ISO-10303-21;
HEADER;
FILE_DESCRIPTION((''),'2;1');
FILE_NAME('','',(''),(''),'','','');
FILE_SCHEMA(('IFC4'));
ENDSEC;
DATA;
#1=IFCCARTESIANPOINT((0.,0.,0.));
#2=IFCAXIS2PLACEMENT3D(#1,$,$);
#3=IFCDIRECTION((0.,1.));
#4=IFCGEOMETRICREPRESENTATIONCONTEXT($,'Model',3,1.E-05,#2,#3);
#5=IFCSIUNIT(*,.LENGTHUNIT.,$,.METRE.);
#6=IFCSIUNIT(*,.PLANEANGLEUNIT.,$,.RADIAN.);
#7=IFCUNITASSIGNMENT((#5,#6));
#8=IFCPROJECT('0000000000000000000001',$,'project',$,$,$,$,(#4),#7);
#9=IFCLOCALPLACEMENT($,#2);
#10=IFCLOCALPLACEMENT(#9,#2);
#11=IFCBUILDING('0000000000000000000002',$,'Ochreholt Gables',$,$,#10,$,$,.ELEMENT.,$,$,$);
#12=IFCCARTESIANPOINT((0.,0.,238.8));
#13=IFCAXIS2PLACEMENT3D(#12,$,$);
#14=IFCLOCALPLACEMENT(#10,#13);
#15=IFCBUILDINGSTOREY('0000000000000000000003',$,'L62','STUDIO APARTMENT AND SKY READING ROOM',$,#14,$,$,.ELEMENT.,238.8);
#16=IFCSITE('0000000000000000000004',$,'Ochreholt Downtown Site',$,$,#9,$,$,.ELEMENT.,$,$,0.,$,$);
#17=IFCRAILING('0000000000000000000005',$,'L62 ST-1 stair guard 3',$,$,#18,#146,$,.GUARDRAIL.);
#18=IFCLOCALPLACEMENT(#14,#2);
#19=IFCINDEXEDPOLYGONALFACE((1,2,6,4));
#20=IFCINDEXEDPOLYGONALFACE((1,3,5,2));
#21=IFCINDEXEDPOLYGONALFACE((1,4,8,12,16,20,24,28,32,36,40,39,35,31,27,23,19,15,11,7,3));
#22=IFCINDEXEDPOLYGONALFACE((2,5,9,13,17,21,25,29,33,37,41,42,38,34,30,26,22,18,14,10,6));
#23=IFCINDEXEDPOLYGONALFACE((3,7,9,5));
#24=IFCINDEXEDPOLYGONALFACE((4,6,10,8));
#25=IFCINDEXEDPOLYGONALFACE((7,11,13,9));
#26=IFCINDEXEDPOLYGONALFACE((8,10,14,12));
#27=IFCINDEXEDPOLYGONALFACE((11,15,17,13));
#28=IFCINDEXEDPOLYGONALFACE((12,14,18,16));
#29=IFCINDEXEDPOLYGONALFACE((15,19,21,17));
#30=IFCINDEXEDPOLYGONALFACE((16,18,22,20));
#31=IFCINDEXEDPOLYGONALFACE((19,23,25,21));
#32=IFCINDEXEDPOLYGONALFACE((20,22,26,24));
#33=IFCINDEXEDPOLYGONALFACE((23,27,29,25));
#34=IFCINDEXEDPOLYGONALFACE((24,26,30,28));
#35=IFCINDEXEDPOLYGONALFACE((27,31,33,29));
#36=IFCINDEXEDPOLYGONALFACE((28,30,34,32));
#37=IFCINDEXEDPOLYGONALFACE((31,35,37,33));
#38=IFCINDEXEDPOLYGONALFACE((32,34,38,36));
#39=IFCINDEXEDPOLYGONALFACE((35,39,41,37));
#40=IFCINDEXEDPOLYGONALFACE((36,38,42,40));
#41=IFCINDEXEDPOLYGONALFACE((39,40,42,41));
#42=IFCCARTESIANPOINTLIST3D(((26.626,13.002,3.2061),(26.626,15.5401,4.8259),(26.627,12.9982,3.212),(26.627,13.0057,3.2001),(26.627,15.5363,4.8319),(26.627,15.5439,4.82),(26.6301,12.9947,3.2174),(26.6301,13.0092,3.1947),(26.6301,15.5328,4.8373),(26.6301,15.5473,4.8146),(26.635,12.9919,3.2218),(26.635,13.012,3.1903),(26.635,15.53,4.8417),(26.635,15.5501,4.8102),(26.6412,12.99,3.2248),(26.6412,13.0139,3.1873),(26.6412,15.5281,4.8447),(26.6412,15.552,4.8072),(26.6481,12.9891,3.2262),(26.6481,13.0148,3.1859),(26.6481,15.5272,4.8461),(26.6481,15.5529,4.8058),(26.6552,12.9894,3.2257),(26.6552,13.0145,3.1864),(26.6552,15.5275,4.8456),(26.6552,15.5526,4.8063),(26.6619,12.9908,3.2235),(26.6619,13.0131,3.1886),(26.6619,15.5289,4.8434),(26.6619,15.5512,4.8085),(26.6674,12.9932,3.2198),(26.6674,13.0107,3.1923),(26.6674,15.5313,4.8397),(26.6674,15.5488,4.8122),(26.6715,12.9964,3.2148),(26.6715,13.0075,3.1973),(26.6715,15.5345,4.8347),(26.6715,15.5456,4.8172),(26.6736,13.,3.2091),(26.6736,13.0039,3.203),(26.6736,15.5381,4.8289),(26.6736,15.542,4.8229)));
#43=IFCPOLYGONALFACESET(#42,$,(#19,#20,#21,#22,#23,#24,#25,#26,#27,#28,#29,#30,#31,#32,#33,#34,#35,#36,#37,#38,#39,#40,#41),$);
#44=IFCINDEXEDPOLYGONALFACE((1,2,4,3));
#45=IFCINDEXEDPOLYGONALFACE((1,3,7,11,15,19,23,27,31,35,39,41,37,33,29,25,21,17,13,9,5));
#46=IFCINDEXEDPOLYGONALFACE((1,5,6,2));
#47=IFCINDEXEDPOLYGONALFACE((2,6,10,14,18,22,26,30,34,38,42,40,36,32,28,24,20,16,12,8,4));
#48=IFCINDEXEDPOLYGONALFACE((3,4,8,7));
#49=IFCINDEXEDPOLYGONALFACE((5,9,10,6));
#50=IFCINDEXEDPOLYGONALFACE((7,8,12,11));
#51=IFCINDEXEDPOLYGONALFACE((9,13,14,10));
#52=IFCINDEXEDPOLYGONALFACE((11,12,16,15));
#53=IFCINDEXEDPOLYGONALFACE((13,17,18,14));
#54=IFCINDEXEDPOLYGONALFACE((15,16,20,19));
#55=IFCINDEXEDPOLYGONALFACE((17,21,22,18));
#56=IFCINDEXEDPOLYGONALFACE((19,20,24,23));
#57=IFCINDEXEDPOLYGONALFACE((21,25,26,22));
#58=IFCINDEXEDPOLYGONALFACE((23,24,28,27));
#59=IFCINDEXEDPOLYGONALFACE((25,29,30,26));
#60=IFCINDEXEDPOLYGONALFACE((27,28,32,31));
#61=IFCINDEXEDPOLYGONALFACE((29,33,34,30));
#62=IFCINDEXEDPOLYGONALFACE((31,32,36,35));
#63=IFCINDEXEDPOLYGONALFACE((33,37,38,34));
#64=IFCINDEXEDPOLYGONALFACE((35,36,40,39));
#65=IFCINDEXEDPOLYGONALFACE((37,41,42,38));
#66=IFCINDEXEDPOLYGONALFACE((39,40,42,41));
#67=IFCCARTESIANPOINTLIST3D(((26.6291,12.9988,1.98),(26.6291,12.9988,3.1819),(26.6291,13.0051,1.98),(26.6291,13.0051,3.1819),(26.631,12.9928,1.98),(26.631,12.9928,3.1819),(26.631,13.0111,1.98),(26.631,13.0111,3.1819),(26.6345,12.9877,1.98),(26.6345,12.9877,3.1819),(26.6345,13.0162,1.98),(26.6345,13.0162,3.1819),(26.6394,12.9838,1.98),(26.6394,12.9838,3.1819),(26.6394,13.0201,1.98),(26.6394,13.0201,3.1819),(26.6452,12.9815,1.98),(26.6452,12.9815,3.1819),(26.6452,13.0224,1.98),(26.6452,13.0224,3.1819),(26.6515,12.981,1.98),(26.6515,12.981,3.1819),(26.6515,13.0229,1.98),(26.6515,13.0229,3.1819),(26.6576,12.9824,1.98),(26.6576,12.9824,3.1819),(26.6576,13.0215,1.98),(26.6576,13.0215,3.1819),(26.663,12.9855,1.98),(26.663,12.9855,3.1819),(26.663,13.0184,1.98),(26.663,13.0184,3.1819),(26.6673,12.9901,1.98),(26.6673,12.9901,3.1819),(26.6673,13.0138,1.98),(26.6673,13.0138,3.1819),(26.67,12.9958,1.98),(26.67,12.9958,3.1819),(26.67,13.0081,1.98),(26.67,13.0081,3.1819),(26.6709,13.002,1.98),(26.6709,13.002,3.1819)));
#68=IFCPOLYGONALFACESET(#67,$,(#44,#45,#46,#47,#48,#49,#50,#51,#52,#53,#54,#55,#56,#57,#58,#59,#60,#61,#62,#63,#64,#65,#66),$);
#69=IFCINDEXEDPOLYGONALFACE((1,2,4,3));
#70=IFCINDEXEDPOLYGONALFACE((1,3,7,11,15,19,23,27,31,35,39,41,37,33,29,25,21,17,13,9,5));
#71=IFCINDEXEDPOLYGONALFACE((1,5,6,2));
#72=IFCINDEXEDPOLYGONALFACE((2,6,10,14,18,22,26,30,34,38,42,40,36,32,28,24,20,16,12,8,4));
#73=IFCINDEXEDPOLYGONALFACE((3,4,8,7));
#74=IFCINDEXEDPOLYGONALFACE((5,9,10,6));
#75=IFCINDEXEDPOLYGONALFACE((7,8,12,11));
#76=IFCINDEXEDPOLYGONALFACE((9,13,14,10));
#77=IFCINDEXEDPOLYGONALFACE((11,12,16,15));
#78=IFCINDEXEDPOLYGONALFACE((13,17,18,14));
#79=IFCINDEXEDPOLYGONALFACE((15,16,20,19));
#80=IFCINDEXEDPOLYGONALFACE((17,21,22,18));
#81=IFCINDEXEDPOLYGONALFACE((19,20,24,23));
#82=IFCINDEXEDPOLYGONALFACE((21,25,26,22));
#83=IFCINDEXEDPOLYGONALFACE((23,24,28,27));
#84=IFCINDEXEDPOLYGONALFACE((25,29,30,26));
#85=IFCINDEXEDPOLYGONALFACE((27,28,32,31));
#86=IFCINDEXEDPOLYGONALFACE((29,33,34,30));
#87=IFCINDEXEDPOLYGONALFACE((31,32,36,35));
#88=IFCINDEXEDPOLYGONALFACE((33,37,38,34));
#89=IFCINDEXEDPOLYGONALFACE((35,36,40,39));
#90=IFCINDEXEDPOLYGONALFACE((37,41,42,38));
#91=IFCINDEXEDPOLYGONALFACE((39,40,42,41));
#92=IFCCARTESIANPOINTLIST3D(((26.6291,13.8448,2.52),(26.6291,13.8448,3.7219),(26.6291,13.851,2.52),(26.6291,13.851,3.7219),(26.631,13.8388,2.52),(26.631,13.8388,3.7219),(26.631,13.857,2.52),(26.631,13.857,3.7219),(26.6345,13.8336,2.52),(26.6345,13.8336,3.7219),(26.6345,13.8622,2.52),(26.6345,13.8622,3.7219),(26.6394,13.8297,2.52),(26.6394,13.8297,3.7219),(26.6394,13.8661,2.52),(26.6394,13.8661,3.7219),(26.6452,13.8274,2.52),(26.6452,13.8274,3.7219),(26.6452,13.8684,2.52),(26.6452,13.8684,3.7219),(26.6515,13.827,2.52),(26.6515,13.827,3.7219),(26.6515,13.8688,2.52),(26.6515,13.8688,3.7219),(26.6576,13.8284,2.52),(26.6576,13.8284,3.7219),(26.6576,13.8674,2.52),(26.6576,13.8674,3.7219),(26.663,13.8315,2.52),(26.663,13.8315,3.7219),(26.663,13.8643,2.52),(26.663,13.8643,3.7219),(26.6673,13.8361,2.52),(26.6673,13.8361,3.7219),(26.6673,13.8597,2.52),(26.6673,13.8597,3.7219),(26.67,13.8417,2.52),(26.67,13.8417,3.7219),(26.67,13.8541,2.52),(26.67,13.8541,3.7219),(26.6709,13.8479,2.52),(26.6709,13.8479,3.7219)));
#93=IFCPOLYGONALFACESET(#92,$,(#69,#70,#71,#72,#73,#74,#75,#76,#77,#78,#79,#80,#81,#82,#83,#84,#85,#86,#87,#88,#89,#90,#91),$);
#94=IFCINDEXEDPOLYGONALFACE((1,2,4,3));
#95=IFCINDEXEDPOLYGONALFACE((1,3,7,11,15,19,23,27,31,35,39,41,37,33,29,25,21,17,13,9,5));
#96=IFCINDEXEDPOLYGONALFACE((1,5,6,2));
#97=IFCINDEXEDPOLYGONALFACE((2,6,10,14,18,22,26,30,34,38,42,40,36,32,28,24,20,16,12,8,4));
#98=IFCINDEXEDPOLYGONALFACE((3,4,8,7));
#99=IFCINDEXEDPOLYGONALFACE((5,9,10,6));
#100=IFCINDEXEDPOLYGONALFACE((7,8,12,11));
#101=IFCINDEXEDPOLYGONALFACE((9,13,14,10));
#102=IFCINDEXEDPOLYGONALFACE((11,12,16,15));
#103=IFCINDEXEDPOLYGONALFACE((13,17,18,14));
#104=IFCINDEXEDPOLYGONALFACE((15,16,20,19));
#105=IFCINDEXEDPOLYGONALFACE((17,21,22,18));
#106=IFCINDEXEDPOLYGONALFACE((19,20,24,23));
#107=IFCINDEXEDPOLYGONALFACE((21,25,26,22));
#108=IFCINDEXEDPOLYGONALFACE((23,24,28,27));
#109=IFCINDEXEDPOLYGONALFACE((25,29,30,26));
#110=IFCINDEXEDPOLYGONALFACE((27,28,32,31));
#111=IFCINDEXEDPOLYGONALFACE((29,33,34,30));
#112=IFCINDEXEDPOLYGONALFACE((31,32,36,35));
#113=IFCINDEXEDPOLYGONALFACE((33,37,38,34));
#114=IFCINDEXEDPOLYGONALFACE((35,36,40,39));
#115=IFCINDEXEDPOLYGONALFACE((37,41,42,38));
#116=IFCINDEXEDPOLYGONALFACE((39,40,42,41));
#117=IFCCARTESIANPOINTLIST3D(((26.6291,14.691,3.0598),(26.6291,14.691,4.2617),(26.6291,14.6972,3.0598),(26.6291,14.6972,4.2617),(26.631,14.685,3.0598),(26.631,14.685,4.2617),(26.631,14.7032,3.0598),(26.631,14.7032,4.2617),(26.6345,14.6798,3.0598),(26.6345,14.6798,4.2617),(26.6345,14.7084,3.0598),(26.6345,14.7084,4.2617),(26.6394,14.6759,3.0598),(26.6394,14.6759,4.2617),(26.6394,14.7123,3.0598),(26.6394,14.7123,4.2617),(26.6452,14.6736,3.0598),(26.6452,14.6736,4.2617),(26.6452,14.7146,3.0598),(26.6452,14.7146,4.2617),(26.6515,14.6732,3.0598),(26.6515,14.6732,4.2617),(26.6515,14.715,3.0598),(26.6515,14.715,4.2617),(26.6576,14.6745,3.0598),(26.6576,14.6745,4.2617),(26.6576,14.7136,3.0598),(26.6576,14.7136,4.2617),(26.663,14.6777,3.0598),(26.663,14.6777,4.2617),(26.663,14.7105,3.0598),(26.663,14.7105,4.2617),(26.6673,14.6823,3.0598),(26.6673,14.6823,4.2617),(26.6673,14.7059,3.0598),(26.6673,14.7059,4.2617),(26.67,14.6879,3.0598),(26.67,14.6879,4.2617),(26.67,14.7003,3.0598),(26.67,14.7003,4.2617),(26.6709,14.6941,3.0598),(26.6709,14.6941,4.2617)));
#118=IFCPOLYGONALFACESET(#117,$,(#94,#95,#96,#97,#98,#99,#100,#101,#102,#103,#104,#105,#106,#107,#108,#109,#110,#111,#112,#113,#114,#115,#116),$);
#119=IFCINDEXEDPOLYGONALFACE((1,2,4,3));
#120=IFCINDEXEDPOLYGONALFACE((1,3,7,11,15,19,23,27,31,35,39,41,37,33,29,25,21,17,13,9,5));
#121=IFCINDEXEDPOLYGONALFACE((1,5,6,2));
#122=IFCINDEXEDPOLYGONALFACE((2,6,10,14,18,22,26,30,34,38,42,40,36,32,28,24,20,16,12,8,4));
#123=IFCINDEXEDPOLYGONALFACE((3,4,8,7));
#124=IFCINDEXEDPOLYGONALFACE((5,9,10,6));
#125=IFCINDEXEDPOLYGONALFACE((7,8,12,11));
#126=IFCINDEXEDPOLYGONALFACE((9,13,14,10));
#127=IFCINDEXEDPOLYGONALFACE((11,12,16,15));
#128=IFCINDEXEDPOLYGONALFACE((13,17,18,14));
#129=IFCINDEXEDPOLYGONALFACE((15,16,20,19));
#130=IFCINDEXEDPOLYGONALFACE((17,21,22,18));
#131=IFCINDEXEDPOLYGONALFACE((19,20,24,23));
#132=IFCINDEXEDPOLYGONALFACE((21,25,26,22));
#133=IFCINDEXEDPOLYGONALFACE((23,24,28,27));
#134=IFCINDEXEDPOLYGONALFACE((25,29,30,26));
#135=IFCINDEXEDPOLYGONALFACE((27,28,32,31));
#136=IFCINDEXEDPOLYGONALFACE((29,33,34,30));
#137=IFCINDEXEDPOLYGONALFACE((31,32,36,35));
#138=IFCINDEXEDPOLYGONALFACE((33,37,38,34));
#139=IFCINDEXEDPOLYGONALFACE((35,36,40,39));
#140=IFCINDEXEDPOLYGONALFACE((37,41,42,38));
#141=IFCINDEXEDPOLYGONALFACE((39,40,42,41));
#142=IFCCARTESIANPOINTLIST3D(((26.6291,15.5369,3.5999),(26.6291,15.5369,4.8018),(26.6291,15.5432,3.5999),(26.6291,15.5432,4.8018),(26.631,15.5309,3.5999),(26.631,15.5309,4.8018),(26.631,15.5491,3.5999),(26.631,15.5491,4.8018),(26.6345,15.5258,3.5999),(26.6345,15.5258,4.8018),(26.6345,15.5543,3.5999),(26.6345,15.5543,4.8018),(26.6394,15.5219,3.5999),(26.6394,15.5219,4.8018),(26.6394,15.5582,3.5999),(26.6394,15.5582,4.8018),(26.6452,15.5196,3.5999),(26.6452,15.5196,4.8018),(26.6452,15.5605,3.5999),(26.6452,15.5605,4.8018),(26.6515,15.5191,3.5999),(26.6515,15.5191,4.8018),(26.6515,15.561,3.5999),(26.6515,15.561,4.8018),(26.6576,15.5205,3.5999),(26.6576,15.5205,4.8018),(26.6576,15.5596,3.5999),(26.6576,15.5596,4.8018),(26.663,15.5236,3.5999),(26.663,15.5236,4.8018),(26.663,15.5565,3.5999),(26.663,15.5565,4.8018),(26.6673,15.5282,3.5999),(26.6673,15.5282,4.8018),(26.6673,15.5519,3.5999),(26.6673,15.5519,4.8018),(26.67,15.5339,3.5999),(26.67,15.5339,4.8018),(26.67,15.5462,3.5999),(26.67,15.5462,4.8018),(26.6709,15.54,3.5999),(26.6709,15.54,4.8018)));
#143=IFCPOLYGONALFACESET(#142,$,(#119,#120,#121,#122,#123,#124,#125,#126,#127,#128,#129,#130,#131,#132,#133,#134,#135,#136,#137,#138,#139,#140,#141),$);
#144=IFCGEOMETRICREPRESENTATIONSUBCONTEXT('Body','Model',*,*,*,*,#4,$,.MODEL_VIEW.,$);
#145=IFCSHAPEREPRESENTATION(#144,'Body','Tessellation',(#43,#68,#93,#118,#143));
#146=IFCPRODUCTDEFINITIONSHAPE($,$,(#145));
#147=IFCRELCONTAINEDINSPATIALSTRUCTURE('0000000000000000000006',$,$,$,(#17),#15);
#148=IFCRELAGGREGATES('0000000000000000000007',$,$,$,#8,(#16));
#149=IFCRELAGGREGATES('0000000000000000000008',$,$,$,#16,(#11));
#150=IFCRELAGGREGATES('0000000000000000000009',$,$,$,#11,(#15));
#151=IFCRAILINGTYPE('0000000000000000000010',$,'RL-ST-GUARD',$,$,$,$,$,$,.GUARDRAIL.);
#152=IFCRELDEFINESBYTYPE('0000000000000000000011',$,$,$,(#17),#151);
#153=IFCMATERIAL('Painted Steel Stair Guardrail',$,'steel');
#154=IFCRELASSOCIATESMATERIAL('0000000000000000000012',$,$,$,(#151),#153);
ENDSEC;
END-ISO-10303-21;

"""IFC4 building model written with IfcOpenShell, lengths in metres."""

from ifc_helpers import new_model, si_unit, direction, frame, origin, origin_2d, place, context, subcontext, project, spatial, circle, extrude, material, type_object, element, save


model = new_model("IFC4")

# Units and contexts
model_context = context("Model", 3, precision=1e-05, world=origin(), true_north=direction((0.0, 1.0)))
body_context = subcontext(model_context, "Body", "Model", "MODEL_VIEW")
ifc_project = project(units=[si_unit("LENGTHUNIT", "METRE"), si_unit("PLANEANGLEUNIT", "RADIAN")], contexts=[model_context])

# Site, building, storey
site_placement = place(None, origin())
site = spatial("IfcSite", under=ifc_project, at=site_placement, Name="Ochreholt Downtown Site", CompositionType="ELEMENT", RefElevation=0.0)
building_placement = place(site_placement, origin())
building = spatial("IfcBuilding", under=site, at=building_placement, Name="Ochreholt Gables", CompositionType="ELEMENT")
storey_placement = place(building_placement, frame((0.0, 0.0, 238.8)))
storey = spatial("IfcBuildingStorey", under=building, at=storey_placement, Name="L62", Description="STUDIO APARTMENT AND SKY READING ROOM", CompositionType="ELEMENT", Elevation=238.8)

# Railing
ifc_material_1 = material(Name="Painted Steel Stair Guardrail", Category="steel")
railing_type_1 = type_object("IfcRailingType", Name="RL-ST-GUARD", PredefinedType="GUARDRAIL", material=ifc_material_1)
railing_1_placement = place(storey_placement, frame((26.6499, 13.002, 1.98)))
element("IfcRailing", 1, at=railing_1_placement, inside=storey, type_object=railing_type_1, Name="L62 ST-1 stair guard 3", PredefinedType="GUARDRAIL", context=body_context, shape_type="SweptSolid", body=[
    extrude(circle(Radius=0.0239, at=origin_2d()), frame((0.0, 0.0, 1.2261), z_axis=(0.0, 0.84295, 0.537993), x_axis=(-1.0, 0.0, 0.0)), (0.0, 0.0, 1.0), 3.011),
    extrude(circle(Radius=0.021, at=origin_2d()), origin(), (0.0, 0.0, 1.0), 1.2019),
    extrude(circle(Radius=0.021, at=origin_2d()), frame((0.0, 0.8459, 0.54)), (0.0, 0.0, 1.0), 1.2019),
    extrude(circle(Radius=0.021, at=origin_2d()), frame((0.0, 1.6921, 1.0798)), (0.0, 0.0, 1.0), 1.2019),
    extrude(circle(Radius=0.021, at=origin_2d()), frame((0.0, 2.5381, 1.6199)), (0.0, 0.0, 1.0), 1.2019),
])

save(model, "model.ifc")
